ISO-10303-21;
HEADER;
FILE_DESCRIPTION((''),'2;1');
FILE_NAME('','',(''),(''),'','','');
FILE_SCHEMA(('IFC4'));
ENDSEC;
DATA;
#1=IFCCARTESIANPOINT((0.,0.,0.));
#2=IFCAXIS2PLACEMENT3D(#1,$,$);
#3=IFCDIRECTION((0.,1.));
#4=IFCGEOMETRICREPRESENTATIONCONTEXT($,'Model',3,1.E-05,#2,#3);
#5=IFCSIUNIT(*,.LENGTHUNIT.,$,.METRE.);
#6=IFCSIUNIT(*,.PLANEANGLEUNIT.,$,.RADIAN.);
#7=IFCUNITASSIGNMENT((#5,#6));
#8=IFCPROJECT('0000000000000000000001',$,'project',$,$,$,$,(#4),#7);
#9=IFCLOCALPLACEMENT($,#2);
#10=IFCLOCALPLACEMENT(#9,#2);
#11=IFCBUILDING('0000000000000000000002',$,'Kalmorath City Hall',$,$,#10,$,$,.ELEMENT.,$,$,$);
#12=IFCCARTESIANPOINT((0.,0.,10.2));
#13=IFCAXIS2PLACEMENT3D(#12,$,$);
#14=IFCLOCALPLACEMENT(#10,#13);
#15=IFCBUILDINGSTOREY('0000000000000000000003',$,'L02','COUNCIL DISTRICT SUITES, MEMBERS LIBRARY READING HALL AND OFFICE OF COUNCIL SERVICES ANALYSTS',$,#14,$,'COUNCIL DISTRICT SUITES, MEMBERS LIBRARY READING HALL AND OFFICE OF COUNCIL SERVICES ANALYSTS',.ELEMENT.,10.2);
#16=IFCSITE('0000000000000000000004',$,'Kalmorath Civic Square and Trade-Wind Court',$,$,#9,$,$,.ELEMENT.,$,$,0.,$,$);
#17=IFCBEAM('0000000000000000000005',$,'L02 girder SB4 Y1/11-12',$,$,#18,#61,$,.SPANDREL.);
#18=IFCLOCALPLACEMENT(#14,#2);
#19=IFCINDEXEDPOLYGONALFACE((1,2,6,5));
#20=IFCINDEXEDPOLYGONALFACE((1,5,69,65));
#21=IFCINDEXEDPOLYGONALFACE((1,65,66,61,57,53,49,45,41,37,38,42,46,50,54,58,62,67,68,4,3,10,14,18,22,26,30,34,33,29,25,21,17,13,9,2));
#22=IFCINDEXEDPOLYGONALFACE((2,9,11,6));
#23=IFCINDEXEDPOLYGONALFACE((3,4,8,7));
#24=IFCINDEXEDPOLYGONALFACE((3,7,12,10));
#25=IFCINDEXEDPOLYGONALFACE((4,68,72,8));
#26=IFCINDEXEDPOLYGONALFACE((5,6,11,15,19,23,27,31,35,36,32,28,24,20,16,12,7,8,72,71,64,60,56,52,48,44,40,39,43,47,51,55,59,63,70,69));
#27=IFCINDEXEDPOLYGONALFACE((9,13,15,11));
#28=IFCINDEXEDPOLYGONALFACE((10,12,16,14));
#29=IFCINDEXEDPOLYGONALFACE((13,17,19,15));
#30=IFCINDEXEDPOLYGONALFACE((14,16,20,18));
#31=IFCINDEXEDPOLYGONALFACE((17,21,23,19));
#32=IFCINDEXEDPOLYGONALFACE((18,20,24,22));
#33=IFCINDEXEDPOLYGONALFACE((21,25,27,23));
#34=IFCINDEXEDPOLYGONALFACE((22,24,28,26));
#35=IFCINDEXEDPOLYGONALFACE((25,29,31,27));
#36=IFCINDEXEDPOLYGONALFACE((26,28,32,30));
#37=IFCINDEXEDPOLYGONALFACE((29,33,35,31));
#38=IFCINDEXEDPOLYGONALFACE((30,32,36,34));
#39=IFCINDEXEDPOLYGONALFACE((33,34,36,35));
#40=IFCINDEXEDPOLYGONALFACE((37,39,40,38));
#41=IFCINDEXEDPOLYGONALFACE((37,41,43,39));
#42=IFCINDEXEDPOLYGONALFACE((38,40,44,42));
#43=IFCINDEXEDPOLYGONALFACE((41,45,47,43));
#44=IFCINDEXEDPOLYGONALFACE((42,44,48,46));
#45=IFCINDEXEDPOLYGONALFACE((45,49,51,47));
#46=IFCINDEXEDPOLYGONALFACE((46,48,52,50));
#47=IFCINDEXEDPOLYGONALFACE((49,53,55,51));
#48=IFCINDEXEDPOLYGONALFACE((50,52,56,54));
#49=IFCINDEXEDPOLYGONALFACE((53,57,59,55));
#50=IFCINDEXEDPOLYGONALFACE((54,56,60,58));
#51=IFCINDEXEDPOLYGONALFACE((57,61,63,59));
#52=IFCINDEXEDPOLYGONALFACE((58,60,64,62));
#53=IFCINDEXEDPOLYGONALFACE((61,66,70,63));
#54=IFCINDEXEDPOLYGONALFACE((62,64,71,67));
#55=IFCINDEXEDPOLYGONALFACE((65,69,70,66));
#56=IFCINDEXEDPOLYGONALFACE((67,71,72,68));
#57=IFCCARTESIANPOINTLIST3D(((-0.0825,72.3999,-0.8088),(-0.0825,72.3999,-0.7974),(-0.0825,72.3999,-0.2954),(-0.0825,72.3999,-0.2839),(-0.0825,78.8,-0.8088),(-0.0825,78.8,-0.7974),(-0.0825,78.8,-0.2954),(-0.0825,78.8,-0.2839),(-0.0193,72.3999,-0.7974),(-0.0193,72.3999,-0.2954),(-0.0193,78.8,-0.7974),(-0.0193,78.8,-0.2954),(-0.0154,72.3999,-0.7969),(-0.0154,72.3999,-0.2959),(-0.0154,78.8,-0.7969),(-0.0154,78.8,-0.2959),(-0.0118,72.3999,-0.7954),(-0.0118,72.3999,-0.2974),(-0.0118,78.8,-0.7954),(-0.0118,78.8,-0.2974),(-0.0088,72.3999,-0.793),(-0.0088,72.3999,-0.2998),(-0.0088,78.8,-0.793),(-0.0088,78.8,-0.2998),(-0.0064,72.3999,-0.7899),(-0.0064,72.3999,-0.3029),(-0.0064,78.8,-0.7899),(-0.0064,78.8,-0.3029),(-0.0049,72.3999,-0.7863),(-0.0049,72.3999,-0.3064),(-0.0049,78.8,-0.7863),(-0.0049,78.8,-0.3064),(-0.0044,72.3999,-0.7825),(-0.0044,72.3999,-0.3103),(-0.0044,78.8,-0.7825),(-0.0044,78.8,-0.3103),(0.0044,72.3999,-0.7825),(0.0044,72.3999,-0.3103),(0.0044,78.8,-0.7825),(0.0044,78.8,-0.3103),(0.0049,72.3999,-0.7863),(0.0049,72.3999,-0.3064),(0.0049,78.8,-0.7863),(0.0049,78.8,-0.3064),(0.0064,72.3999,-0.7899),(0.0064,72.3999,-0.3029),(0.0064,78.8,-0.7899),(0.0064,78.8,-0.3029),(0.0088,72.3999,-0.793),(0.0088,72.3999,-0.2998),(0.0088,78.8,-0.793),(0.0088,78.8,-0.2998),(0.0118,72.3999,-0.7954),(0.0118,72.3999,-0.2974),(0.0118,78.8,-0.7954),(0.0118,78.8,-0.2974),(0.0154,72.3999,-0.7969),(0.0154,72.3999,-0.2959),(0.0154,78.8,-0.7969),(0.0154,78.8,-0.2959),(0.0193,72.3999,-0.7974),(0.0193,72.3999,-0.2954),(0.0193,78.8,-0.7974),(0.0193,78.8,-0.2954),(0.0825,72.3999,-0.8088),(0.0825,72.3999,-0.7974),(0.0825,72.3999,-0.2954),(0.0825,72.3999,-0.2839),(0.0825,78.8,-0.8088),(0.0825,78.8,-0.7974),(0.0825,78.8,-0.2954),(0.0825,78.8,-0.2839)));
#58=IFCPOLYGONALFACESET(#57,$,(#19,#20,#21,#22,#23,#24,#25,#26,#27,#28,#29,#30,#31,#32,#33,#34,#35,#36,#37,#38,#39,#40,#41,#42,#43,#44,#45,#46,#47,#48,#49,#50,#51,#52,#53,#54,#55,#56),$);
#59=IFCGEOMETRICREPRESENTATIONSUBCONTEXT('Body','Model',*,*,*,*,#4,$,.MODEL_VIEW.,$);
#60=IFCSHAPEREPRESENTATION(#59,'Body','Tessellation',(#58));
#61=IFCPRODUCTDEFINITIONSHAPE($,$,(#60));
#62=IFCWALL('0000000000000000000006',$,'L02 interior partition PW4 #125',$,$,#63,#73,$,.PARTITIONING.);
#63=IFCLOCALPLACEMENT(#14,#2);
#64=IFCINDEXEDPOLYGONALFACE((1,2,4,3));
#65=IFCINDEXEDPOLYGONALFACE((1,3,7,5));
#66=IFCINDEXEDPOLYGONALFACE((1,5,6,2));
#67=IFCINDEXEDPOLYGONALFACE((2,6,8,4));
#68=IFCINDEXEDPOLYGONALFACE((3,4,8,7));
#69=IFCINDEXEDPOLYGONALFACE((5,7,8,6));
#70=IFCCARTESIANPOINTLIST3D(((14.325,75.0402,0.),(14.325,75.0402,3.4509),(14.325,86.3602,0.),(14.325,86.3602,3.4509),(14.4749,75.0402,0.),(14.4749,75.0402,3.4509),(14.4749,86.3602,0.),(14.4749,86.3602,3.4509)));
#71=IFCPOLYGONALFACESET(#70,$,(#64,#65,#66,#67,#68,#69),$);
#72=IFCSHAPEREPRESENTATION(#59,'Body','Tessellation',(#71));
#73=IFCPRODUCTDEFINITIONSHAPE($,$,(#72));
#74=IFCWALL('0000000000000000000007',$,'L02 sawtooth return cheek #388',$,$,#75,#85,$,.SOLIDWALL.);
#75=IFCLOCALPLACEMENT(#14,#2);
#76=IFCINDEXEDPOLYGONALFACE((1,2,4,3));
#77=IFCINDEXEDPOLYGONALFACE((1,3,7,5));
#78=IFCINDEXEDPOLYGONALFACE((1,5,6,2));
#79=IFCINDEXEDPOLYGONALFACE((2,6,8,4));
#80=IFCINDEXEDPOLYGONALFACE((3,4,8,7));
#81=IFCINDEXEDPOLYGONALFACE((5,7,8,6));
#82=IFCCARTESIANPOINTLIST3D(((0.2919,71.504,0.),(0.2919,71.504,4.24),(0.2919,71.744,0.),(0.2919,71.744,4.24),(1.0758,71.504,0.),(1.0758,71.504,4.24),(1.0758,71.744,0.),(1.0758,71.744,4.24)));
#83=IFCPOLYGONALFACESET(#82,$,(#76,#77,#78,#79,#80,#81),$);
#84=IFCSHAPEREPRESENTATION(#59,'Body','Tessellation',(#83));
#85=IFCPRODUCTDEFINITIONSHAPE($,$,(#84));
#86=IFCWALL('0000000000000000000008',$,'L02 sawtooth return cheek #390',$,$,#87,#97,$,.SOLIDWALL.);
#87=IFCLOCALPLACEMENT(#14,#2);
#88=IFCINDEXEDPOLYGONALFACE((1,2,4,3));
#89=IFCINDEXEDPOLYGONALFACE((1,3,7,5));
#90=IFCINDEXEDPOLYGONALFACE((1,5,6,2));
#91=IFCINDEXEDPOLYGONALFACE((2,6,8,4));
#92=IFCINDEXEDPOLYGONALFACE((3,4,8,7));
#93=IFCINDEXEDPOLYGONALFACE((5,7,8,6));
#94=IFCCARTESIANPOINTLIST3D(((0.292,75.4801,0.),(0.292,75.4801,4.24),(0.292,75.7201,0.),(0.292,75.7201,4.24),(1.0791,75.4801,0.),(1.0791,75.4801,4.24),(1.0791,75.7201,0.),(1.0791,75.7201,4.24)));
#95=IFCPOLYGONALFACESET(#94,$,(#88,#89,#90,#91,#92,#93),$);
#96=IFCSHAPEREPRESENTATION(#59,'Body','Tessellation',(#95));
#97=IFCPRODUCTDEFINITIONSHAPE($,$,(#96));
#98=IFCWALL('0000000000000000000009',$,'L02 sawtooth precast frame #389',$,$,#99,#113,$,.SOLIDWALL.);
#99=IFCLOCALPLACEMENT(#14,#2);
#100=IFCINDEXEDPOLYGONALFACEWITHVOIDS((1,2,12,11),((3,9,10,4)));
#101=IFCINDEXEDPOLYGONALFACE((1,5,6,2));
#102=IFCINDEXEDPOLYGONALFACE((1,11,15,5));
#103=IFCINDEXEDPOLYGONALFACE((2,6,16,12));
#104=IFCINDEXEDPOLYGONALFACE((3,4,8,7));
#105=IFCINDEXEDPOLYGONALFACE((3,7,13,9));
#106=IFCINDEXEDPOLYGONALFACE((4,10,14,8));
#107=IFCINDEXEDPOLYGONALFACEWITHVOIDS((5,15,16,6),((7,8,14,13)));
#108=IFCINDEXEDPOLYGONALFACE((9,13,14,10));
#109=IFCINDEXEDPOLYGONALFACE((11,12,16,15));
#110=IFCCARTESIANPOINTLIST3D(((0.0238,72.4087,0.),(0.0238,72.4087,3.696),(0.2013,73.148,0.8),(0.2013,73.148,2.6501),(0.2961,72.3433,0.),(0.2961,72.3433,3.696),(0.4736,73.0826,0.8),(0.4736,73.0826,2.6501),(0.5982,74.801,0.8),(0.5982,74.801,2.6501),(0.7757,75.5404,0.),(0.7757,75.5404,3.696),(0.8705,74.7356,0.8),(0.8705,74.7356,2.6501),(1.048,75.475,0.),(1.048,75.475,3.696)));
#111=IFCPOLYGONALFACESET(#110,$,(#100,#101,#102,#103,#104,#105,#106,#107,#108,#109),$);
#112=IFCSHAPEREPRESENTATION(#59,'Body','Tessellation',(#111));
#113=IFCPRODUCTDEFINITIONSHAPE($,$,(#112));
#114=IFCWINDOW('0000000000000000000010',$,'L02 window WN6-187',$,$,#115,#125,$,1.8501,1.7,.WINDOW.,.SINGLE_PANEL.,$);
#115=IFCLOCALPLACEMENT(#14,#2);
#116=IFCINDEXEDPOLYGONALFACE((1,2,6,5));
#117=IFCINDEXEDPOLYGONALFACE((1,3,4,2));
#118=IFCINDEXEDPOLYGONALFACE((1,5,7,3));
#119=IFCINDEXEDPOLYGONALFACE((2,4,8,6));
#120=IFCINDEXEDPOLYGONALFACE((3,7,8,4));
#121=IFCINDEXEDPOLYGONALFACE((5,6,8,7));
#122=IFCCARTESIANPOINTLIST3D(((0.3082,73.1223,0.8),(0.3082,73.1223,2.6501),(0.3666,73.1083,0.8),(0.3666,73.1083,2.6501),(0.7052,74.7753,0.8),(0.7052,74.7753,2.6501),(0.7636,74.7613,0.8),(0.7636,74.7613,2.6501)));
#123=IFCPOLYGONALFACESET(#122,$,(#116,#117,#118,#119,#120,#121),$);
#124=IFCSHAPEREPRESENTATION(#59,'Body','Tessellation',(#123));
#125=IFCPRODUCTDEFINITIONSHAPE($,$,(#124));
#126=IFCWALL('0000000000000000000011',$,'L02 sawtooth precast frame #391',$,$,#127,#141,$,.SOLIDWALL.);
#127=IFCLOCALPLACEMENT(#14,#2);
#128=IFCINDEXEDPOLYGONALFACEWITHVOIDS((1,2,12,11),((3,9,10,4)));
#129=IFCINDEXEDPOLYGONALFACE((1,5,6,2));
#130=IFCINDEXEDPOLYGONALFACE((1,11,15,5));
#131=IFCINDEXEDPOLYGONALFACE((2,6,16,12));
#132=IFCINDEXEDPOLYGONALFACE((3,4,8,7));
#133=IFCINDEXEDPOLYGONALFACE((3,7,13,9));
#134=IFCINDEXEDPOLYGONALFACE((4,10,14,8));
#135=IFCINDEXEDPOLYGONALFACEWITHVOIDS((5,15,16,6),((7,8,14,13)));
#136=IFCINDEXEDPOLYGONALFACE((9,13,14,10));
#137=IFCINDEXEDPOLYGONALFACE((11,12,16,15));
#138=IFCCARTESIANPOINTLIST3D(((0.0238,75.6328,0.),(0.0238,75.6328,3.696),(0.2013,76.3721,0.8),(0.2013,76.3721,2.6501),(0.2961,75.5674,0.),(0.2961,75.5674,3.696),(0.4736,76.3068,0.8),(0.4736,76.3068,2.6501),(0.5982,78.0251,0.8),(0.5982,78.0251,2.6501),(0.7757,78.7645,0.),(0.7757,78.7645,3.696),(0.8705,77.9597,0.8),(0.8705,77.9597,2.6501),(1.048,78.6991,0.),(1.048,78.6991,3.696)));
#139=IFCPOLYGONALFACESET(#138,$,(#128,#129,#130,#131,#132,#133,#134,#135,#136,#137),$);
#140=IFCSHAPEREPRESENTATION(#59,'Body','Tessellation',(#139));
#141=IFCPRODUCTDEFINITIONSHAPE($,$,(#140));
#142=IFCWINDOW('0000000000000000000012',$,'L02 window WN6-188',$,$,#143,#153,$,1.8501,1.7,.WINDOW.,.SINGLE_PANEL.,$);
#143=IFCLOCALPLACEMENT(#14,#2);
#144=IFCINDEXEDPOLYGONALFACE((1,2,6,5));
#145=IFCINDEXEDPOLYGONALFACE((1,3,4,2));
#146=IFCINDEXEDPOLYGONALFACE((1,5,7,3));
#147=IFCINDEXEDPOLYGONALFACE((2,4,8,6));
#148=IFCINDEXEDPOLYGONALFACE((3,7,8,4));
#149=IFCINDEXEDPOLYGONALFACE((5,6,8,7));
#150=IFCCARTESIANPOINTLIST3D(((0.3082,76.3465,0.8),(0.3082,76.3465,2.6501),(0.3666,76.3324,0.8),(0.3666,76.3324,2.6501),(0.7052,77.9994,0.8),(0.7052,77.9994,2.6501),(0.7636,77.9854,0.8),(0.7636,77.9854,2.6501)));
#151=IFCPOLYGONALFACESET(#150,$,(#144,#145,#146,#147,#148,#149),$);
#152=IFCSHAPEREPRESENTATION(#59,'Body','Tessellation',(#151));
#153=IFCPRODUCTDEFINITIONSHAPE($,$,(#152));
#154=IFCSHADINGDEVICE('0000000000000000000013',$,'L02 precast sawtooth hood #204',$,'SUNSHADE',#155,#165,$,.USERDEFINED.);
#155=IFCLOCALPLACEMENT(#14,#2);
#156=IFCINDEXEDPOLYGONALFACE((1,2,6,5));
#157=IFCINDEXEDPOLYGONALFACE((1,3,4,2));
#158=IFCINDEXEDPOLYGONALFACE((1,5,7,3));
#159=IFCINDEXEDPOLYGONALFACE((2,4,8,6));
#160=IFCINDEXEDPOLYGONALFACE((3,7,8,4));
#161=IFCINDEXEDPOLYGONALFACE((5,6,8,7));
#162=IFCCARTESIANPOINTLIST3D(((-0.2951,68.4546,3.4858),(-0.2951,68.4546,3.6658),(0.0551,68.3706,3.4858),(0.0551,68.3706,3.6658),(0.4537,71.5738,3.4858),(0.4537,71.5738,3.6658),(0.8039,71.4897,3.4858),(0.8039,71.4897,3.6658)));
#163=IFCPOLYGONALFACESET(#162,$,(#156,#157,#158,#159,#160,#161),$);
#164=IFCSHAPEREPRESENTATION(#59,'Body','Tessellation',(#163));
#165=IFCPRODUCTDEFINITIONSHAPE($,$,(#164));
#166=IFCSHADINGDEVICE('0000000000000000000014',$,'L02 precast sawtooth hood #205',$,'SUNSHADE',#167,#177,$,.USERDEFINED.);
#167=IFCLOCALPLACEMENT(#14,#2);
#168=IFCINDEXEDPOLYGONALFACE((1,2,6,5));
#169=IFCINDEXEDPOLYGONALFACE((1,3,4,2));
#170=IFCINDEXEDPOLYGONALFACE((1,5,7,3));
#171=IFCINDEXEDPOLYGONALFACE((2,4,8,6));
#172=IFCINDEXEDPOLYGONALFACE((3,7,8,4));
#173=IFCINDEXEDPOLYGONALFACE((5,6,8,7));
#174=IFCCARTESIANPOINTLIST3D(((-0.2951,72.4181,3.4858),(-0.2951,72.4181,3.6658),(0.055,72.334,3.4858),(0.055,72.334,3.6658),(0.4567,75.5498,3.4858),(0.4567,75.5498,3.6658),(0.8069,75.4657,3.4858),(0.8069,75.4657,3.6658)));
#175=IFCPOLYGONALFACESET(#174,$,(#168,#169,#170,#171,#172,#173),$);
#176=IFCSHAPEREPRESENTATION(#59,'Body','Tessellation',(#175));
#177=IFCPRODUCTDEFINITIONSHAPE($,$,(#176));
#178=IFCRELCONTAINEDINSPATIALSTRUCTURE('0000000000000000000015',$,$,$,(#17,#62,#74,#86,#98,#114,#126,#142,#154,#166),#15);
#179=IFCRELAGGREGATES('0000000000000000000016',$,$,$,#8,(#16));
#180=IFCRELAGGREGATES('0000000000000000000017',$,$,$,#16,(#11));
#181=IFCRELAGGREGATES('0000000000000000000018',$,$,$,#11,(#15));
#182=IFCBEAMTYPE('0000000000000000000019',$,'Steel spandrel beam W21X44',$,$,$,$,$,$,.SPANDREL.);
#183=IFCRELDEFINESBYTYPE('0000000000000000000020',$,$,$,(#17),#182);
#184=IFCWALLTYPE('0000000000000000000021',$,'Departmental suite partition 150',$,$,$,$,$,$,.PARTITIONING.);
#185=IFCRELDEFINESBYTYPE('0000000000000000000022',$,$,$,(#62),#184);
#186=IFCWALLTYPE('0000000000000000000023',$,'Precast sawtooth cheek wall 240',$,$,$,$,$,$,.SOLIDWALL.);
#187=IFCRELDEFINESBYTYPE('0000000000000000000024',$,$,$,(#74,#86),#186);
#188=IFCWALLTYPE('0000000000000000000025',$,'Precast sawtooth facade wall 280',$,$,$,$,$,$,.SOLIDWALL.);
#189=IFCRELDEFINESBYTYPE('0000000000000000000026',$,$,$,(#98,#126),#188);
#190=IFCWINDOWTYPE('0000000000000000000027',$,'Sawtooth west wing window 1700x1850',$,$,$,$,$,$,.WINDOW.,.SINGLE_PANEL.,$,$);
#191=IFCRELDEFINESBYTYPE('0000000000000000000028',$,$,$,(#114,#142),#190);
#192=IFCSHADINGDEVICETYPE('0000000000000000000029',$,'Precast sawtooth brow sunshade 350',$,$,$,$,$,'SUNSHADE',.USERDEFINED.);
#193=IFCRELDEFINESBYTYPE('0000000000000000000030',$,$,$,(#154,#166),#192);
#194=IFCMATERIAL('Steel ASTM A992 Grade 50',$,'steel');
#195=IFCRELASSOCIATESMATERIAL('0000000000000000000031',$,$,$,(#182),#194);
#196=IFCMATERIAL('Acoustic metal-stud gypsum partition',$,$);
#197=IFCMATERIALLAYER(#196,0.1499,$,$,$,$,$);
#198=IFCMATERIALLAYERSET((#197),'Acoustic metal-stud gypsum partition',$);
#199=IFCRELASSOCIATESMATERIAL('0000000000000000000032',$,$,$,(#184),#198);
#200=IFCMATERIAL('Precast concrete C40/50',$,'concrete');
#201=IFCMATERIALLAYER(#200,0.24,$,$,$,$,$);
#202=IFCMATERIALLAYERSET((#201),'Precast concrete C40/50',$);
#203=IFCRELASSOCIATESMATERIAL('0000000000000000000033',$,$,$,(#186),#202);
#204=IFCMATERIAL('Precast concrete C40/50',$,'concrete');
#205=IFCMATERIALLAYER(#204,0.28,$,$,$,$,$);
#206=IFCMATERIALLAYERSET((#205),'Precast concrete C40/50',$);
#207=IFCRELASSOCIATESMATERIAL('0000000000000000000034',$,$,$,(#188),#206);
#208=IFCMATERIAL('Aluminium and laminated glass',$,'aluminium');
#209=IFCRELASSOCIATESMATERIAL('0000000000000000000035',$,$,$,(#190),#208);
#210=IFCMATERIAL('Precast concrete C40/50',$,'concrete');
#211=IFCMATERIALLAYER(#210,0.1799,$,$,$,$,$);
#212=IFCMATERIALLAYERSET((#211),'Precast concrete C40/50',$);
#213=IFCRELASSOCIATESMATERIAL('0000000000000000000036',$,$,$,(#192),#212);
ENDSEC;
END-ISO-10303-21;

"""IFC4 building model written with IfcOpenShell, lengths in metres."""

from ifc_helpers import new_model, si_unit, direction, frame, frame_2d, origin, origin_2d, place, context, subcontext, project, spatial, rectangle, i_section, extrude, material, layer, layer_set, material_profile, profile_set, type_object, element, fill, save


model = new_model("IFC4")

# Units and contexts
model_context = context("Model", 3, precision=1e-05, world=origin(), true_north=direction((0.0, 1.0)))
body_context = subcontext(model_context, "Body", "Model", "MODEL_VIEW")
ifc_project = project(units=[si_unit("LENGTHUNIT", "METRE"), si_unit("PLANEANGLEUNIT", "RADIAN")], contexts=[model_context])

# Site, building, storey
site_placement = place(None, origin())
site = spatial("IfcSite", under=ifc_project, at=site_placement, Name="Kalmorath Civic Square and Trade-Wind Court", CompositionType="ELEMENT", RefElevation=0.0)
building_placement = place(site_placement, origin())
building = spatial("IfcBuilding", under=site, at=building_placement, Name="Kalmorath City Hall", CompositionType="ELEMENT")
storey_placement = place(building_placement, frame((0.0, 0.0, 10.2)))
storey = spatial("IfcBuildingStorey", under=building, at=storey_placement, Name="L02", Description="COUNCIL DISTRICT SUITES, MEMBERS LIBRARY READING HALL AND OFFICE OF COUNCIL SERVICES ANALYSTS", LongName="COUNCIL DISTRICT SUITES, MEMBERS LIBRARY READING HALL AND OFFICE OF COUNCIL SERVICES ANALYSTS", CompositionType="ELEMENT", Elevation=10.2)

# Beam
ifc_material_1 = material(Name="Steel ASTM A992 Grade 50", Category="steel")
ifc_material_profile_1 = material_profile(ifc_material_1, i_section(OverallWidth=0.165, OverallDepth=0.5249, WebThickness=0.0088, FlangeThickness=0.0115, FilletRadius=0.0149, at=origin_2d()), Name="W21X44")
ifc_profile_set_1 = profile_set([ifc_material_profile_1], Name="Steel ASTM A992 Grade 50")
beam_type_1 = type_object("IfcBeamType", Name="Steel spandrel beam W21X44", PredefinedType="SPANDREL", material=ifc_profile_set_1)
beam_1_placement = place(storey_placement, frame((0.0, 72.3999, -0.5464), z_axis=(0.0, 1.0, 0.0), x_axis=(-1.0, 0.0, 0.0)))
element("IfcBeam", 1, at=beam_1_placement, inside=storey, type_object=beam_type_1, Name="L02 girder SB4 Y1/11-12", PredefinedType="SPANDREL", context=body_context, shape_type="SweptSolid", body=[
    extrude(i_section(OverallWidth=0.165, OverallDepth=0.5249, WebThickness=0.0088, FlangeThickness=0.0115, FilletRadius=0.0149, at=origin_2d()), origin(), (0.0, 0.0, 1.0), 6.4001),
])

# Walls
ifc_material_2 = material(Name="Acoustic metal-stud gypsum partition")
ifc_layer_1 = layer(ifc_material_2, 0.1499)
ifc_layer_set_1 = layer_set([ifc_layer_1], Name="Acoustic metal-stud gypsum partition")
wall_type_1 = type_object("IfcWallType", Name="Departmental suite partition 150", PredefinedType="PARTITIONING", material=ifc_layer_set_1)
wall_1_placement = place(storey_placement, frame((14.3999, 75.04, 0.0), z_axis=(0.0, 0.0, 1.0), x_axis=(0.0, 1.0, 0.0)))
element("IfcWall", 2, at=wall_1_placement, inside=storey, type_object=wall_type_1, Name="L02 interior partition PW4 #125", PredefinedType="PARTITIONING", context=body_context, shape_type="SweptSolid", body=[
    extrude(rectangle(XDim=11.3201, YDim=0.1499, at=frame_2d((5.6602, 0.0))), origin(), (0.0, 0.0, 1.0), 3.4509),
])
ifc_material_3 = material(Name="Precast concrete C40/50", Category="concrete")
ifc_layer_2 = layer(ifc_material_3, 0.24)
ifc_layer_set_2 = layer_set([ifc_layer_2], Name="Precast concrete C40/50")
wall_type_2 = type_object("IfcWallType", Name="Precast sawtooth cheek wall 240", PredefinedType="SOLIDWALL", material=ifc_layer_set_2)
wall_2_placement = place(storey_placement, frame((1.0759, 71.624, 0.0), z_axis=(0.0, 0.0, 1.0), x_axis=(-1.0, 0.0, 0.0)))
element("IfcWall", 3, at=wall_2_placement, inside=storey, type_object=wall_type_2, Name="L02 sawtooth return cheek #388", PredefinedType="SOLIDWALL", context=body_context, shape_type="SweptSolid", body=[
    extrude(rectangle(XDim=0.7839, YDim=0.24, at=frame_2d((0.3921, 0.0))), origin(), (0.0, 0.0, 1.0), 4.24),
])
wall_3_placement = place(storey_placement, frame((1.0791, 75.6001, 0.0), z_axis=(0.0, 0.0, 1.0), x_axis=(-1.0, 0.0, 0.0)))
element("IfcWall", 4, at=wall_3_placement, inside=storey, type_object=wall_type_2, Name="L02 sawtooth return cheek #390", PredefinedType="SOLIDWALL", context=body_context, shape_type="SweptSolid", body=[
    extrude(rectangle(XDim=0.7871, YDim=0.24, at=frame_2d((0.3936, 0.0))), origin(), (0.0, 0.0, 1.0), 4.24),
])

# Walls, openings, windows
ifc_material_4 = material(Name="Precast concrete C40/50", Category="concrete")
ifc_layer_3 = layer(ifc_material_4, 0.28)
ifc_layer_set_3 = layer_set([ifc_layer_3], Name="Precast concrete C40/50")
wall_type_3 = type_object("IfcWallType", Name="Precast sawtooth facade wall 280", PredefinedType="SOLIDWALL", material=ifc_layer_set_3)
wall_4_placement = place(storey_placement, frame((0.1599, 72.376, 0.0), z_axis=(0.0, 0.0, 1.0), x_axis=(0.233482, 0.972361, 0.0)))
wall_4 = element("IfcWall", 5, at=wall_4_placement, inside=storey, type_object=wall_type_3, Name="L02 sawtooth precast frame #389", PredefinedType="SOLIDWALL", context=body_context, shape_type="SweptSolid", body=[
    extrude(rectangle(XDim=3.2207, YDim=0.28, at=frame_2d((1.6104, 0.0))), origin(), (0.0, 0.0, 1.0), 3.696),
])
opening_1_placement = place(wall_4_placement, frame((0.7603, 0.0, 0.8)))
opening_1 = element("IfcOpeningElement", 6, at=opening_1_placement, cuts=wall_4, PredefinedType="OPENING", context=body_context, shape_type="SweptSolid", body=[
    extrude(rectangle(XDim=1.7, YDim=1.8501, at=frame_2d((0.8501, 0.925))), frame((0.0, 0.1499, 0.0), z_axis=(0.0, -1.0, 0.0), x_axis=(1.0, 0.0, 0.0)), (0.0, 0.0, 1.0), 0.3),
])
ifc_material_5 = material(Name="Aluminium and laminated glass", Category="aluminium")
window_type = type_object("IfcWindowType", Name="Sawtooth west wing window 1700x1850", PartitioningType="SINGLE_PANEL", PredefinedType="WINDOW", material=ifc_material_5)
window_1_placement = place(opening_1_placement, origin())
window_1 = element("IfcWindow", 7, at=window_1_placement, inside=storey, type_object=window_type, Name="L02 window WN6-187", OverallHeight=1.8501, OverallWidth=1.7, PartitioningType="SINGLE_PANEL", PredefinedType="WINDOW", context=body_context, shape_type="SweptSolid", body=[
    extrude(rectangle(XDim=1.7, YDim=1.8501, at=frame_2d((0.8501, 0.925))), frame((0.0, 0.03, 0.0), z_axis=(0.0, -1.0, 0.0), x_axis=(1.0, 0.0, 0.0)), (0.0, 0.0, 1.0), 0.0601),
])
fill(opening_1, window_1)
wall_5_placement = place(storey_placement, frame((0.1599, 75.6001, 0.0), z_axis=(0.0, 0.0, 1.0), x_axis=(0.233482, 0.972361, 0.0)))
wall_5 = element("IfcWall", 8, at=wall_5_placement, inside=storey, type_object=wall_type_3, Name="L02 sawtooth precast frame #391", PredefinedType="SOLIDWALL", context=body_context, shape_type="SweptSolid", body=[
    extrude(rectangle(XDim=3.2207, YDim=0.28, at=frame_2d((1.6104, 0.0))), origin(), (0.0, 0.0, 1.0), 3.696),
])
opening_2_placement = place(wall_5_placement, frame((0.7603, 0.0, 0.8)))
opening_2 = element("IfcOpeningElement", 9, at=opening_2_placement, cuts=wall_5, PredefinedType="OPENING", context=body_context, shape_type="SweptSolid", body=[
    extrude(rectangle(XDim=1.7, YDim=1.8501, at=frame_2d((0.8501, 0.925))), frame((0.0, 0.1499, 0.0), z_axis=(0.0, -1.0, 0.0), x_axis=(1.0, 0.0, 0.0)), (0.0, 0.0, 1.0), 0.3),
])
window_2_placement = place(opening_2_placement, origin())
window_2 = element("IfcWindow", 10, at=window_2_placement, inside=storey, type_object=window_type, Name="L02 window WN6-188", OverallHeight=1.8501, OverallWidth=1.7, PartitioningType="SINGLE_PANEL", PredefinedType="WINDOW", context=body_context, shape_type="SweptSolid", body=[
    extrude(rectangle(XDim=1.7, YDim=1.8501, at=frame_2d((0.8501, 0.925))), frame((0.0, 0.03, 0.0), z_axis=(0.0, -1.0, 0.0), x_axis=(1.0, 0.0, 0.0)), (0.0, 0.0, 1.0), 0.0601),
])
fill(opening_2, window_2)

# Shading devices
ifc_material_6 = material(Name="Precast concrete C40/50", Category="concrete")
ifc_layer_4 = layer(ifc_material_6, 0.1799)
ifc_layer_set_4 = layer_set([ifc_layer_4], Name="Precast concrete C40/50")
shading_device_type = type_object("IfcShadingDeviceType", Name="Precast sawtooth brow sunshade 350", ElementType="SUNSHADE", PredefinedType="USERDEFINED", material=ifc_layer_set_4)
shading_device_1_placement = place(storey_placement, frame((0.2544, 69.9722, 3.4858), z_axis=(0.0, 0.0, 1.0), x_axis=(0.233445, 0.97237, 0.0)))
element("IfcShadingDevice", 11, at=shading_device_1_placement, inside=storey, type_object=shading_device_type, Name="L02 precast sawtooth hood #204", ObjectType="SUNSHADE", PredefinedType="USERDEFINED", context=body_context, shape_type="SweptSolid", body=[
    extrude(rectangle(XDim=3.2078, YDim=0.3601, at=origin_2d()), origin(), (0.0, 0.0, 1.0), 0.1799),
])
shading_device_2_placement = place(storey_placement, frame((0.2559, 73.9419, 3.4858), z_axis=(0.0, 0.0, 1.0), x_axis=(0.233445, 0.97237, 0.0)))
element("IfcShadingDevice", 12, at=shading_device_2_placement, inside=storey, type_object=shading_device_type, Name="L02 precast sawtooth hood #205", ObjectType="SUNSHADE", PredefinedType="USERDEFINED", context=body_context, shape_type="SweptSolid", body=[
    extrude(rectangle(XDim=3.2207, YDim=0.3601, at=origin_2d()), origin(), (0.0, 0.0, 1.0), 0.1799),
])

save(model, "model.ifc")
